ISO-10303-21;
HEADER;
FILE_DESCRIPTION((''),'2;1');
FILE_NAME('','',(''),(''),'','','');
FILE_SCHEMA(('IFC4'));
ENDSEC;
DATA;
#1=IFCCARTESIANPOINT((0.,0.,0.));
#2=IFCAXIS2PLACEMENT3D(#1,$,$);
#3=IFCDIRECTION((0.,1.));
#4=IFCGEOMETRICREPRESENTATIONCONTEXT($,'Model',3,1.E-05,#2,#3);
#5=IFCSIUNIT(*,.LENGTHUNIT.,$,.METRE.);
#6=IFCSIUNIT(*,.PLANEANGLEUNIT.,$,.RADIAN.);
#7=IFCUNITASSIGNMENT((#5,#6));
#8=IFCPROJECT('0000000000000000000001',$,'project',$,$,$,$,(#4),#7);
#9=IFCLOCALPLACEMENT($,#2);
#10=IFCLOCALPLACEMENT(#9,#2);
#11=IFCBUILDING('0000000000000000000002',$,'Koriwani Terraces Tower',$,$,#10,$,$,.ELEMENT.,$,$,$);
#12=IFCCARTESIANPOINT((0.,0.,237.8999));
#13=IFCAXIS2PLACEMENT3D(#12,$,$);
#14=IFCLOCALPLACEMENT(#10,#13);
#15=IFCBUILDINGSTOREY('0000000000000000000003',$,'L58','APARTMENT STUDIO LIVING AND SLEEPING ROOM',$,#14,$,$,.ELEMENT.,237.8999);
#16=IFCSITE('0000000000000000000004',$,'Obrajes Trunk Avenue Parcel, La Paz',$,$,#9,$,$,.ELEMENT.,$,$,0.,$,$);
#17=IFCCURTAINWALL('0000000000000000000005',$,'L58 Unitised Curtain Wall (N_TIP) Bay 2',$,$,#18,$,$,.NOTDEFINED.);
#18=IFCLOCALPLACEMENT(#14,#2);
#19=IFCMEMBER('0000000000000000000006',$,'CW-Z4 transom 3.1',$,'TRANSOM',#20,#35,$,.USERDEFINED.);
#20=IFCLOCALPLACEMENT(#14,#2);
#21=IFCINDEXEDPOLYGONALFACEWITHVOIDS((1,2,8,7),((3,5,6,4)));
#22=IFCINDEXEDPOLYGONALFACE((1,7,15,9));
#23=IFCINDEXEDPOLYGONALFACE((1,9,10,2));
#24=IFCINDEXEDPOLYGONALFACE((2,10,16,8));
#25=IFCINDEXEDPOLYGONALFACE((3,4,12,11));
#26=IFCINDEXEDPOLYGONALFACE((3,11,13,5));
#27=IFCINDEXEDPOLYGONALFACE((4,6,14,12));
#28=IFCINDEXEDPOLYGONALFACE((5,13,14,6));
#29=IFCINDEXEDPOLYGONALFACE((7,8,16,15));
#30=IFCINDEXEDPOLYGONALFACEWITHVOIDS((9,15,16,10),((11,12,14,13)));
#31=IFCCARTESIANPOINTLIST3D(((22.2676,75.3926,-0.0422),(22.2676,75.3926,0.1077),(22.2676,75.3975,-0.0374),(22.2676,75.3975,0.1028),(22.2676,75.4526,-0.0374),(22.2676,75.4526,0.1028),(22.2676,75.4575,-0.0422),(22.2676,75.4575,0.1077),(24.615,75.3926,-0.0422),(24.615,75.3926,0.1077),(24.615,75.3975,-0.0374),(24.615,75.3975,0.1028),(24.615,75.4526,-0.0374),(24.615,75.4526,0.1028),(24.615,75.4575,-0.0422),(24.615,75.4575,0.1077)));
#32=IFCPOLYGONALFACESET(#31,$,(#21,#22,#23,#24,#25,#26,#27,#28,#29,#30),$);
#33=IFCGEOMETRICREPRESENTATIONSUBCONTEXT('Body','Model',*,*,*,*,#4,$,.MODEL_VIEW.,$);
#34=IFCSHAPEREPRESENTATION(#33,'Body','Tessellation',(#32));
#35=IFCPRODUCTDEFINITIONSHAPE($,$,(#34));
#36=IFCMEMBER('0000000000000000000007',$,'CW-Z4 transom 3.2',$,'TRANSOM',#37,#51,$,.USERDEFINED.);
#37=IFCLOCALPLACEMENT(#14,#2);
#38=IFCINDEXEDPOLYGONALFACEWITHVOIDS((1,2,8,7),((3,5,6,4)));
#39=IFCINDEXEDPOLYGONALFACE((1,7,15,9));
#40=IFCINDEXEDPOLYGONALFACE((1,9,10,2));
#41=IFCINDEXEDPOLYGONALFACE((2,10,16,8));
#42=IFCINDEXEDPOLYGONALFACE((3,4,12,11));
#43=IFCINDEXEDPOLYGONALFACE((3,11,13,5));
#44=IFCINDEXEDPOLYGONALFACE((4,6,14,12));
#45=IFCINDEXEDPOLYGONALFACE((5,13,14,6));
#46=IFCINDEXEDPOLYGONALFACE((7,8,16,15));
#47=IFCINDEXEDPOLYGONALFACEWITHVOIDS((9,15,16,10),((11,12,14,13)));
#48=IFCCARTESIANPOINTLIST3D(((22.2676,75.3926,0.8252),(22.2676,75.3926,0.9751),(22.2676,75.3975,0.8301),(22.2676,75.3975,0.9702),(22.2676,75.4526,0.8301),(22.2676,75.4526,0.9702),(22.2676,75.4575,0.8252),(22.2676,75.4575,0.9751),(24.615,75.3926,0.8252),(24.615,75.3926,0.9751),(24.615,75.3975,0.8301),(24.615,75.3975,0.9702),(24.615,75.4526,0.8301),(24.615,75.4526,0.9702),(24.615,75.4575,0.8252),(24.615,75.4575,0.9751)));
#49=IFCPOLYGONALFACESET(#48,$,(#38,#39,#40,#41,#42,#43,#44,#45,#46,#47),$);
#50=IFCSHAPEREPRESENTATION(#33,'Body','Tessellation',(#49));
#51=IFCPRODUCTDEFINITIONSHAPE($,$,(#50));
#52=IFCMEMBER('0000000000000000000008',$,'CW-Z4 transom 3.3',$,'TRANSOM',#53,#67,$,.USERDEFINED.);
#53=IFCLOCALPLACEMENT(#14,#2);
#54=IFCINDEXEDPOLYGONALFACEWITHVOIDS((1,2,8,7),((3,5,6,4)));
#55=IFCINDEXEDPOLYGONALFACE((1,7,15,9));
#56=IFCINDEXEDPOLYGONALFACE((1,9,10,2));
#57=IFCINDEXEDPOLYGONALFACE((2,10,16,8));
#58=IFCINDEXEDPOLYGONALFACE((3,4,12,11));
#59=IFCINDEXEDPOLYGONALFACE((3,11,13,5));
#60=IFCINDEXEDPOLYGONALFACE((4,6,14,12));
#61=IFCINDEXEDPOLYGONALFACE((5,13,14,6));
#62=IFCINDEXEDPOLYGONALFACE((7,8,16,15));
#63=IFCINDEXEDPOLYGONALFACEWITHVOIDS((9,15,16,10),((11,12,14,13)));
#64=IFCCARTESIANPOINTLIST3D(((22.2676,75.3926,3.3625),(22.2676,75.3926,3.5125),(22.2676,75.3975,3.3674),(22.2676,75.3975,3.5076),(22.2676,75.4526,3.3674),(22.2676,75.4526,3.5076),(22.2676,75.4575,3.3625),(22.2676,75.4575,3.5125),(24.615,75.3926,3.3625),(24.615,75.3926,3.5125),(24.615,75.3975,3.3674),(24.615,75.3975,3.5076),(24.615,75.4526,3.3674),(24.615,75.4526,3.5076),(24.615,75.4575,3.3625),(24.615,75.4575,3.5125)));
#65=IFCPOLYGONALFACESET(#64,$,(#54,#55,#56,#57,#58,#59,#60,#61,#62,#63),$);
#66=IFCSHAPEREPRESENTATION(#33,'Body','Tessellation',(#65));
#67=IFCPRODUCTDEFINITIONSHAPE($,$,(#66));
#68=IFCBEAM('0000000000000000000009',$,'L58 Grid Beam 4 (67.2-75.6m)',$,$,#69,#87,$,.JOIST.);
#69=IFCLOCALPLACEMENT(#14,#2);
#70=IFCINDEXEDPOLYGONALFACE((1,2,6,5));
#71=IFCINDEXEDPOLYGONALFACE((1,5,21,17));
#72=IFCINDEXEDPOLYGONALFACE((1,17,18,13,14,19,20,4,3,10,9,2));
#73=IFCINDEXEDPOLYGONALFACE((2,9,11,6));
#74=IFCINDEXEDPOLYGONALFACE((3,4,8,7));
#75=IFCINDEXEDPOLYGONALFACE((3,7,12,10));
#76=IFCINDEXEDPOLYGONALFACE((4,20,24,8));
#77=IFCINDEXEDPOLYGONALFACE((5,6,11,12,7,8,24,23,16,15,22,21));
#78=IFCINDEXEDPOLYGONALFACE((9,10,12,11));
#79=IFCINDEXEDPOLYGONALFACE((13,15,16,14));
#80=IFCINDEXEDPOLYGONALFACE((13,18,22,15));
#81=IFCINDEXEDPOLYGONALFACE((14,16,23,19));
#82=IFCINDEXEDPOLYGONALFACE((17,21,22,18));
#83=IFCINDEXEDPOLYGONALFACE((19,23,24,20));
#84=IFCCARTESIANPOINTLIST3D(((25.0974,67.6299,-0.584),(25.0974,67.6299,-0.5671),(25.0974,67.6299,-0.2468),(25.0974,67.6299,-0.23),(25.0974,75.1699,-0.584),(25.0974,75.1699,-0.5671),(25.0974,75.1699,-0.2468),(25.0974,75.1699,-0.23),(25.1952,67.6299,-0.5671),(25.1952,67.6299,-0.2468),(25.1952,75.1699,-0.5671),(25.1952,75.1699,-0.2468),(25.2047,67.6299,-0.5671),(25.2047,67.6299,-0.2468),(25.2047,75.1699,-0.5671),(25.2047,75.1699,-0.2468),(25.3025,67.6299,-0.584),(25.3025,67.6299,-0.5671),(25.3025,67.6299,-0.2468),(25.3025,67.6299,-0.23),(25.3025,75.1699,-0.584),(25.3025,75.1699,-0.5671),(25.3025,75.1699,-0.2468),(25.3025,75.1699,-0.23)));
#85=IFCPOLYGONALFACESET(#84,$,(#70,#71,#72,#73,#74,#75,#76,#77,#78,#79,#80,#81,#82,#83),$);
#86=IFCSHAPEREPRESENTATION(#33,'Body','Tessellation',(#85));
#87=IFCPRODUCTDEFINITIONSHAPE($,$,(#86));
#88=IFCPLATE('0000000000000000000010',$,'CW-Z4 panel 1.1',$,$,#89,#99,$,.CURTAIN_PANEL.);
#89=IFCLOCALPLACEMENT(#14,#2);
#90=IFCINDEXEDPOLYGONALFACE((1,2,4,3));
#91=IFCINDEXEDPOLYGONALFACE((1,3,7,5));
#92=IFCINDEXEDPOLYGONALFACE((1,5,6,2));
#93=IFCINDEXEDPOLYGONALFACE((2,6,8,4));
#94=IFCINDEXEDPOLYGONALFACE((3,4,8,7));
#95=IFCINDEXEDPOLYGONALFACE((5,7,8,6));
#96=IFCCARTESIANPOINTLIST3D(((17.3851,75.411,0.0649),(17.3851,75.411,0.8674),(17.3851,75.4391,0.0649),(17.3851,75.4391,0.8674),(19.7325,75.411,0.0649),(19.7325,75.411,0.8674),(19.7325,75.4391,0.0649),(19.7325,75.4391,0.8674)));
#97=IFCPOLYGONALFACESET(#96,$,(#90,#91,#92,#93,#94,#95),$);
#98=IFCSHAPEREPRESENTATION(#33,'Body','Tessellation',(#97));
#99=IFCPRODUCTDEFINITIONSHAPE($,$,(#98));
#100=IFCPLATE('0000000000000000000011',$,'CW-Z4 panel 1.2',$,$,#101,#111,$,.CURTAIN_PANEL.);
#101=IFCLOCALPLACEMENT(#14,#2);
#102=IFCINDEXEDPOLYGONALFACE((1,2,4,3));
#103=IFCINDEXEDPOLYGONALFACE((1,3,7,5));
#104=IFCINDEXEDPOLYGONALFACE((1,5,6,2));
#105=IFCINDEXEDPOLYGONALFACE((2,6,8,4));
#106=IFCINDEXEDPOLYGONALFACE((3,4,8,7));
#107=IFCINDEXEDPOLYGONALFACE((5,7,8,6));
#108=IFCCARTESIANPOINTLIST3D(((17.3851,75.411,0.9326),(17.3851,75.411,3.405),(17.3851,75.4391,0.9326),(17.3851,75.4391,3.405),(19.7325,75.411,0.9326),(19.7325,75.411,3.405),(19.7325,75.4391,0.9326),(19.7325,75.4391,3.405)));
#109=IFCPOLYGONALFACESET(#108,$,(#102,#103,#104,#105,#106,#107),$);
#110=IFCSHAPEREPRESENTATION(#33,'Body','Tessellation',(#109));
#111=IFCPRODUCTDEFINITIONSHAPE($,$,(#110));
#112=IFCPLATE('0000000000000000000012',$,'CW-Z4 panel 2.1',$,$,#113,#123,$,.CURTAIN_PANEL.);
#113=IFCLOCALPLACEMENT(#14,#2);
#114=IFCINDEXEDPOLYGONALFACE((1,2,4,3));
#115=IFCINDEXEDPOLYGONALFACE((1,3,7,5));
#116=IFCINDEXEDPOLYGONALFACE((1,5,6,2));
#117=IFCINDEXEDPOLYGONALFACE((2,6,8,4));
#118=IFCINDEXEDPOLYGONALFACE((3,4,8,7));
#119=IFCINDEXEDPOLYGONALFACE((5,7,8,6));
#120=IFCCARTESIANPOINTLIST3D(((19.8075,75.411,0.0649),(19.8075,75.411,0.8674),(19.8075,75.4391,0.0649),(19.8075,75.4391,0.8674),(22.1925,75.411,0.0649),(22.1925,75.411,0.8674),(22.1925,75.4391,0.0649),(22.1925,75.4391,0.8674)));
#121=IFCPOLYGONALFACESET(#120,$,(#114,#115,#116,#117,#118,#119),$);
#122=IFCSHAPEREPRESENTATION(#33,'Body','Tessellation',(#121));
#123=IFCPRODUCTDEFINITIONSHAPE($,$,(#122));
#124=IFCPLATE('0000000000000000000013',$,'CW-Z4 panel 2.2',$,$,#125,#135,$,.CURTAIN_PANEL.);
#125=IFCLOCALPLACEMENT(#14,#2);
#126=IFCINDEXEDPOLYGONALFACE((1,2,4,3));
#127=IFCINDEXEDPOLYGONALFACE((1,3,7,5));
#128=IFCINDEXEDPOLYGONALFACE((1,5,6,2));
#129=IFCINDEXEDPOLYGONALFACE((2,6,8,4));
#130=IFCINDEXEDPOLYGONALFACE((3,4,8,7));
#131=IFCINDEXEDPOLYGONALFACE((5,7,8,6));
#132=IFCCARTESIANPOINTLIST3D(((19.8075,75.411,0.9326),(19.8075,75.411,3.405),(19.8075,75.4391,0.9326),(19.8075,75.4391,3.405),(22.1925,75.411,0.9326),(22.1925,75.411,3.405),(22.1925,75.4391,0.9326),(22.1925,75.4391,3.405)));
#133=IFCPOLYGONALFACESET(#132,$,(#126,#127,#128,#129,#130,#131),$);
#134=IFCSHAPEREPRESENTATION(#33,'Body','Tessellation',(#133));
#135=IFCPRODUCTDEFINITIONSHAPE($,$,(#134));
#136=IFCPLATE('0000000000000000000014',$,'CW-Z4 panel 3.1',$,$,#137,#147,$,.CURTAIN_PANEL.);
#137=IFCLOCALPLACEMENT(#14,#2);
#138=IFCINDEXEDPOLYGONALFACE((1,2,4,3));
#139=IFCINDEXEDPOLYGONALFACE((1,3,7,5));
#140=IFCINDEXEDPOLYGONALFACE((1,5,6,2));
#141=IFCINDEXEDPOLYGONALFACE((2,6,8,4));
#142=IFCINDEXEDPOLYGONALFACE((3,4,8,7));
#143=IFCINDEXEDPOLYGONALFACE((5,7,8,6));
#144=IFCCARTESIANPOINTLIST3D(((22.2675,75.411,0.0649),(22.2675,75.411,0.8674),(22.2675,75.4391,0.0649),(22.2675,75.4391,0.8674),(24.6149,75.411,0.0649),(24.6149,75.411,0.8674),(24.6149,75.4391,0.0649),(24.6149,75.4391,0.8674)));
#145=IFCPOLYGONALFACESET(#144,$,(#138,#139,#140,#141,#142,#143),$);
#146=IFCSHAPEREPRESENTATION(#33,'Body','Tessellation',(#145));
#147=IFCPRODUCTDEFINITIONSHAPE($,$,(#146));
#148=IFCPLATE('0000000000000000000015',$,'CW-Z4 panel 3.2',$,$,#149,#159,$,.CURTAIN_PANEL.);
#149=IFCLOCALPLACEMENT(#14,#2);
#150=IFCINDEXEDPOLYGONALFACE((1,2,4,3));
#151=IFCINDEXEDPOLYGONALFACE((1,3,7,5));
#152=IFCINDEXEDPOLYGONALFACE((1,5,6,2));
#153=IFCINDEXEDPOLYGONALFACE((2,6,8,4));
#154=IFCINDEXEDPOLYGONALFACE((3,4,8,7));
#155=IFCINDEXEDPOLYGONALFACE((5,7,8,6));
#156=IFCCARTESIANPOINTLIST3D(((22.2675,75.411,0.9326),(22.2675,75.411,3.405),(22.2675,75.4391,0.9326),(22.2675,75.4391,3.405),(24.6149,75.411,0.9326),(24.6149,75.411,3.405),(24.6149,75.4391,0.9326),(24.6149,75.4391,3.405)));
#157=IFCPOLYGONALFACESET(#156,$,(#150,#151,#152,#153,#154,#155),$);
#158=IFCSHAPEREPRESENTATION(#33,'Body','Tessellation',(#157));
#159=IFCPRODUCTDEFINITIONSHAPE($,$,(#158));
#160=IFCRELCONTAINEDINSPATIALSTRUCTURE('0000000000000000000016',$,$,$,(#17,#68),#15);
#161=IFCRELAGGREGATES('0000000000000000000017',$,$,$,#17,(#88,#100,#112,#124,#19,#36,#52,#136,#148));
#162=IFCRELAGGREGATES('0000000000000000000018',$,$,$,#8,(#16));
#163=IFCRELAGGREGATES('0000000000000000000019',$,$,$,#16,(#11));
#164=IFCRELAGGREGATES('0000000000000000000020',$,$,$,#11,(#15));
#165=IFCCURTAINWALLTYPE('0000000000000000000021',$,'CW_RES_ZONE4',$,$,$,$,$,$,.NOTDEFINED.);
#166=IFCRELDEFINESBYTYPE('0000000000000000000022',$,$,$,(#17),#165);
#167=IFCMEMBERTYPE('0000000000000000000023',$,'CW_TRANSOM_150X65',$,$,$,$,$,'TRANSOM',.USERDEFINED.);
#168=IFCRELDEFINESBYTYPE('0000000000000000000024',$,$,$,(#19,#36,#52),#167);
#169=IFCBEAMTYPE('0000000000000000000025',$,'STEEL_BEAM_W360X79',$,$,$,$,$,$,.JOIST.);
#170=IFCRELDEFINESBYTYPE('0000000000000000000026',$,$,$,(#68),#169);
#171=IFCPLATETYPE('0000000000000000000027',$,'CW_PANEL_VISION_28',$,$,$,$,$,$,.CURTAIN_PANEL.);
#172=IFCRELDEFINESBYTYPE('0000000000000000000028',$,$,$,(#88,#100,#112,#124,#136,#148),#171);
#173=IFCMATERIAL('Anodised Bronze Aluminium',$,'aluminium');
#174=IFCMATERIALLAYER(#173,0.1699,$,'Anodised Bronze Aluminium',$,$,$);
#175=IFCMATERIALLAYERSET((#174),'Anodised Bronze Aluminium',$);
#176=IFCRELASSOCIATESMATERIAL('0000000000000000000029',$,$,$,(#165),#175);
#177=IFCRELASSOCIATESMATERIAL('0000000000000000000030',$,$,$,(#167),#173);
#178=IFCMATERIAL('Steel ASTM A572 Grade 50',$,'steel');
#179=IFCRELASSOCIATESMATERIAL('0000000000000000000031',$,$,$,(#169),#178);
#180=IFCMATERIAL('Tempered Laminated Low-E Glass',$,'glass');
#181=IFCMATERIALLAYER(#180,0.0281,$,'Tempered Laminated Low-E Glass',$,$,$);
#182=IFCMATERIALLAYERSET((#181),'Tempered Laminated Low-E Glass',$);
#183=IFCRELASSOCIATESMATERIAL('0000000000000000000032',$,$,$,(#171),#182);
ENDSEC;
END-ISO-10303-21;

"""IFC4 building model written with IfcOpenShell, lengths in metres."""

from ifc_helpers import new_model, si_unit, direction, frame, origin, origin_2d, place, context, subcontext, project, spatial, rectangle, hollow_rectangle, i_section, extrude, material, layer, layer_set, material_profile, profile_set, type_object, element, aggregate, save


model = new_model("IFC4")

# Units and contexts
model_context = context("Model", 3, precision=1e-05, world=origin(), true_north=direction((0.0, 1.0)))
body_context = subcontext(model_context, "Body", "Model", "MODEL_VIEW")
ifc_project = project(units=[si_unit("LENGTHUNIT", "METRE"), si_unit("PLANEANGLEUNIT", "RADIAN")], contexts=[model_context])

# Site, building, storey
site_placement = place(None, origin())
site = spatial("IfcSite", under=ifc_project, at=site_placement, Name="Obrajes Trunk Avenue Parcel, La Paz", CompositionType="ELEMENT", RefElevation=0.0)
building_placement = place(site_placement, origin())
building = spatial("IfcBuilding", under=site, at=building_placement, Name="Koriwani Terraces Tower", CompositionType="ELEMENT")
storey_placement = place(building_placement, frame((0.0, 0.0, 237.8999)))
storey = spatial("IfcBuildingStorey", under=building, at=storey_placement, Name="L58", Description="APARTMENT STUDIO LIVING AND SLEEPING ROOM", CompositionType="ELEMENT", Elevation=237.8999)

# Curtain wall, members
ifc_material_1 = material(Name="Anodised Bronze Aluminium", Category="aluminium")
ifc_layer_1 = layer(ifc_material_1, 0.1699, Name="Anodised Bronze Aluminium")
ifc_layer_set_1 = layer_set([ifc_layer_1], Name="Anodised Bronze Aluminium")
curtain_wall_type = type_object("IfcCurtainWallType", Name="CW_RES_ZONE4", PredefinedType="NOTDEFINED", material=ifc_layer_set_1)
curtain_wall_placement = place(storey_placement, origin())
curtain_wall = element("IfcCurtainWall", 1, at=curtain_wall_placement, inside=storey, type_object=curtain_wall_type, Name="L58 Unitised Curtain Wall (N_TIP) Bay 2", PredefinedType="NOTDEFINED")
ifc_material_profile_1 = material_profile(ifc_material_1, hollow_rectangle(XDim=0.0649, YDim=0.1499, WallThickness=0.0049, at=origin_2d()), Name="Anodised Bronze Aluminium", Category="LoadBearing")
ifc_profile_set_1 = profile_set([ifc_material_profile_1], Name="Anodised Bronze Aluminium")
member_type_1 = type_object("IfcMemberType", Name="CW_TRANSOM_150X65", ElementType="TRANSOM", PredefinedType="USERDEFINED", material=ifc_profile_set_1)
member_1_placement = place(storey_placement, frame((22.2676, 75.425, 0.0327), z_axis=(1.0, 0.0, 0.0), x_axis=(0.0, 1.0, 0.0)))
member_1 = element("IfcMember", 2, at=member_1_placement, type_object=member_type_1, Name="CW-Z4 transom 3.1", ObjectType="TRANSOM", PredefinedType="USERDEFINED", context=body_context, shape_type="SweptSolid", body=[
    extrude(hollow_rectangle(XDim=0.0649, YDim=0.1499, WallThickness=0.0049, at=origin_2d()), origin(), (0.0, 0.0, 1.0), 2.3474),
])
member_2_placement = place(storey_placement, frame((22.2676, 75.425, 0.9001), z_axis=(1.0, 0.0, 0.0), x_axis=(0.0, 1.0, 0.0)))
member_2 = element("IfcMember", 3, at=member_2_placement, type_object=member_type_1, Name="CW-Z4 transom 3.2", ObjectType="TRANSOM", PredefinedType="USERDEFINED", context=body_context, shape_type="SweptSolid", body=[
    extrude(hollow_rectangle(XDim=0.0649, YDim=0.1499, WallThickness=0.0049, at=origin_2d()), origin(), (0.0, 0.0, 1.0), 2.3474),
])
member_3_placement = place(storey_placement, frame((22.2676, 75.425, 3.4375), z_axis=(1.0, 0.0, 0.0), x_axis=(0.0, 1.0, 0.0)))
member_3 = element("IfcMember", 4, at=member_3_placement, type_object=member_type_1, Name="CW-Z4 transom 3.3", ObjectType="TRANSOM", PredefinedType="USERDEFINED", context=body_context, shape_type="SweptSolid", body=[
    extrude(hollow_rectangle(XDim=0.0649, YDim=0.1499, WallThickness=0.0049, at=origin_2d()), origin(), (0.0, 0.0, 1.0), 2.3474),
])

# Beam
ifc_material_2 = material(Name="Steel ASTM A572 Grade 50", Category="steel")
ifc_material_profile_2 = material_profile(ifc_material_2, i_section(OverallWidth=0.2051, OverallDepth=0.354, WebThickness=0.0095, FlangeThickness=0.0168, at=origin_2d()), Name="Steel ASTM A572 Grade 50", Category="LoadBearing")
ifc_profile_set_2 = profile_set([ifc_material_profile_2], Name="Steel ASTM A572 Grade 50")
beam_type = type_object("IfcBeamType", Name="STEEL_BEAM_W360X79", PredefinedType="JOIST", material=ifc_profile_set_2)
beam_placement = place(storey_placement, frame((25.2, 67.6299, -0.407), z_axis=(0.0, 1.0, 0.0), x_axis=(-1.0, 0.0, 0.0)))
element("IfcBeam", 5, at=beam_placement, inside=storey, type_object=beam_type, Name="L58 Grid Beam 4 (67.2-75.6m)", PredefinedType="JOIST", context=body_context, shape_type="SweptSolid", body=[
    extrude(i_section(OverallWidth=0.2051, OverallDepth=0.354, WebThickness=0.0095, FlangeThickness=0.0168, at=origin_2d()), origin(), (0.0, 0.0, 1.0), 7.54),
])

# Plates
ifc_material_3 = material(Name="Tempered Laminated Low-E Glass", Category="glass")
ifc_layer_2 = layer(ifc_material_3, 0.0281, Name="Tempered Laminated Low-E Glass")
ifc_layer_set_2 = layer_set([ifc_layer_2], Name="Tempered Laminated Low-E Glass")
plate_type = type_object("IfcPlateType", Name="CW_PANEL_VISION_28", PredefinedType="CURTAIN_PANEL", material=ifc_layer_set_2)
plate_1_placement = place(storey_placement, frame((18.5588, 75.425, 0.0649), z_axis=(0.0, 0.0, 1.0), x_axis=(1.0, 0.0, 0.0)))
plate_1 = element("IfcPlate", 6, at=plate_1_placement, type_object=plate_type, Name="CW-Z4 panel 1.1", PredefinedType="CURTAIN_PANEL", context=body_context, shape_type="SweptSolid", body=[
    extrude(rectangle(XDim=2.3474, YDim=0.0281, at=origin_2d()), origin(), (0.0, 0.0, 1.0), 0.8025),
])
plate_2_placement = place(storey_placement, frame((18.5588, 75.425, 0.9326), z_axis=(0.0, 0.0, 1.0), x_axis=(1.0, 0.0, 0.0)))
plate_2 = element("IfcPlate", 7, at=plate_2_placement, type_object=plate_type, Name="CW-Z4 panel 1.2", PredefinedType="CURTAIN_PANEL", context=body_context, shape_type="SweptSolid", body=[
    extrude(rectangle(XDim=2.3474, YDim=0.0281, at=origin_2d()), origin(), (0.0, 0.0, 1.0), 2.4724),
])
plate_3_placement = place(storey_placement, frame((21.0, 75.425, 0.0649), z_axis=(0.0, 0.0, 1.0), x_axis=(1.0, 0.0, 0.0)))
plate_3 = element("IfcPlate", 8, at=plate_3_placement, type_object=plate_type, Name="CW-Z4 panel 2.1", PredefinedType="CURTAIN_PANEL", context=body_context, shape_type="SweptSolid", body=[
    extrude(rectangle(XDim=2.385, YDim=0.0281, at=origin_2d()), origin(), (0.0, 0.0, 1.0), 0.8025),
])
plate_4_placement = place(storey_placement, frame((21.0, 75.425, 0.9326), z_axis=(0.0, 0.0, 1.0), x_axis=(1.0, 0.0, 0.0)))
plate_4 = element("IfcPlate", 9, at=plate_4_placement, type_object=plate_type, Name="CW-Z4 panel 2.2", PredefinedType="CURTAIN_PANEL", context=body_context, shape_type="SweptSolid", body=[
    extrude(rectangle(XDim=2.385, YDim=0.0281, at=origin_2d()), origin(), (0.0, 0.0, 1.0), 2.4724),
])
plate_5_placement = place(storey_placement, frame((23.4412, 75.425, 0.0649), z_axis=(0.0, 0.0, 1.0), x_axis=(1.0, 0.0, 0.0)))
plate_5 = element("IfcPlate", 10, at=plate_5_placement, type_object=plate_type, Name="CW-Z4 panel 3.1", PredefinedType="CURTAIN_PANEL", context=body_context, shape_type="SweptSolid", body=[
    extrude(rectangle(XDim=2.3474, YDim=0.0281, at=origin_2d()), origin(), (0.0, 0.0, 1.0), 0.8025),
])
plate_6_placement = place(storey_placement, frame((23.4412, 75.425, 0.9326), z_axis=(0.0, 0.0, 1.0), x_axis=(1.0, 0.0, 0.0)))
plate_6 = element("IfcPlate", 11, at=plate_6_placement, type_object=plate_type, Name="CW-Z4 panel 3.2", PredefinedType="CURTAIN_PANEL", context=body_context, shape_type="SweptSolid", body=[
    extrude(rectangle(XDim=2.3474, YDim=0.0281, at=origin_2d()), origin(), (0.0, 0.0, 1.0), 2.4724),
])
aggregate(curtain_wall, [plate_1, plate_2, plate_3, plate_4, member_1, member_2, member_3, plate_5, plate_6])

save(model, "model.ifc")
